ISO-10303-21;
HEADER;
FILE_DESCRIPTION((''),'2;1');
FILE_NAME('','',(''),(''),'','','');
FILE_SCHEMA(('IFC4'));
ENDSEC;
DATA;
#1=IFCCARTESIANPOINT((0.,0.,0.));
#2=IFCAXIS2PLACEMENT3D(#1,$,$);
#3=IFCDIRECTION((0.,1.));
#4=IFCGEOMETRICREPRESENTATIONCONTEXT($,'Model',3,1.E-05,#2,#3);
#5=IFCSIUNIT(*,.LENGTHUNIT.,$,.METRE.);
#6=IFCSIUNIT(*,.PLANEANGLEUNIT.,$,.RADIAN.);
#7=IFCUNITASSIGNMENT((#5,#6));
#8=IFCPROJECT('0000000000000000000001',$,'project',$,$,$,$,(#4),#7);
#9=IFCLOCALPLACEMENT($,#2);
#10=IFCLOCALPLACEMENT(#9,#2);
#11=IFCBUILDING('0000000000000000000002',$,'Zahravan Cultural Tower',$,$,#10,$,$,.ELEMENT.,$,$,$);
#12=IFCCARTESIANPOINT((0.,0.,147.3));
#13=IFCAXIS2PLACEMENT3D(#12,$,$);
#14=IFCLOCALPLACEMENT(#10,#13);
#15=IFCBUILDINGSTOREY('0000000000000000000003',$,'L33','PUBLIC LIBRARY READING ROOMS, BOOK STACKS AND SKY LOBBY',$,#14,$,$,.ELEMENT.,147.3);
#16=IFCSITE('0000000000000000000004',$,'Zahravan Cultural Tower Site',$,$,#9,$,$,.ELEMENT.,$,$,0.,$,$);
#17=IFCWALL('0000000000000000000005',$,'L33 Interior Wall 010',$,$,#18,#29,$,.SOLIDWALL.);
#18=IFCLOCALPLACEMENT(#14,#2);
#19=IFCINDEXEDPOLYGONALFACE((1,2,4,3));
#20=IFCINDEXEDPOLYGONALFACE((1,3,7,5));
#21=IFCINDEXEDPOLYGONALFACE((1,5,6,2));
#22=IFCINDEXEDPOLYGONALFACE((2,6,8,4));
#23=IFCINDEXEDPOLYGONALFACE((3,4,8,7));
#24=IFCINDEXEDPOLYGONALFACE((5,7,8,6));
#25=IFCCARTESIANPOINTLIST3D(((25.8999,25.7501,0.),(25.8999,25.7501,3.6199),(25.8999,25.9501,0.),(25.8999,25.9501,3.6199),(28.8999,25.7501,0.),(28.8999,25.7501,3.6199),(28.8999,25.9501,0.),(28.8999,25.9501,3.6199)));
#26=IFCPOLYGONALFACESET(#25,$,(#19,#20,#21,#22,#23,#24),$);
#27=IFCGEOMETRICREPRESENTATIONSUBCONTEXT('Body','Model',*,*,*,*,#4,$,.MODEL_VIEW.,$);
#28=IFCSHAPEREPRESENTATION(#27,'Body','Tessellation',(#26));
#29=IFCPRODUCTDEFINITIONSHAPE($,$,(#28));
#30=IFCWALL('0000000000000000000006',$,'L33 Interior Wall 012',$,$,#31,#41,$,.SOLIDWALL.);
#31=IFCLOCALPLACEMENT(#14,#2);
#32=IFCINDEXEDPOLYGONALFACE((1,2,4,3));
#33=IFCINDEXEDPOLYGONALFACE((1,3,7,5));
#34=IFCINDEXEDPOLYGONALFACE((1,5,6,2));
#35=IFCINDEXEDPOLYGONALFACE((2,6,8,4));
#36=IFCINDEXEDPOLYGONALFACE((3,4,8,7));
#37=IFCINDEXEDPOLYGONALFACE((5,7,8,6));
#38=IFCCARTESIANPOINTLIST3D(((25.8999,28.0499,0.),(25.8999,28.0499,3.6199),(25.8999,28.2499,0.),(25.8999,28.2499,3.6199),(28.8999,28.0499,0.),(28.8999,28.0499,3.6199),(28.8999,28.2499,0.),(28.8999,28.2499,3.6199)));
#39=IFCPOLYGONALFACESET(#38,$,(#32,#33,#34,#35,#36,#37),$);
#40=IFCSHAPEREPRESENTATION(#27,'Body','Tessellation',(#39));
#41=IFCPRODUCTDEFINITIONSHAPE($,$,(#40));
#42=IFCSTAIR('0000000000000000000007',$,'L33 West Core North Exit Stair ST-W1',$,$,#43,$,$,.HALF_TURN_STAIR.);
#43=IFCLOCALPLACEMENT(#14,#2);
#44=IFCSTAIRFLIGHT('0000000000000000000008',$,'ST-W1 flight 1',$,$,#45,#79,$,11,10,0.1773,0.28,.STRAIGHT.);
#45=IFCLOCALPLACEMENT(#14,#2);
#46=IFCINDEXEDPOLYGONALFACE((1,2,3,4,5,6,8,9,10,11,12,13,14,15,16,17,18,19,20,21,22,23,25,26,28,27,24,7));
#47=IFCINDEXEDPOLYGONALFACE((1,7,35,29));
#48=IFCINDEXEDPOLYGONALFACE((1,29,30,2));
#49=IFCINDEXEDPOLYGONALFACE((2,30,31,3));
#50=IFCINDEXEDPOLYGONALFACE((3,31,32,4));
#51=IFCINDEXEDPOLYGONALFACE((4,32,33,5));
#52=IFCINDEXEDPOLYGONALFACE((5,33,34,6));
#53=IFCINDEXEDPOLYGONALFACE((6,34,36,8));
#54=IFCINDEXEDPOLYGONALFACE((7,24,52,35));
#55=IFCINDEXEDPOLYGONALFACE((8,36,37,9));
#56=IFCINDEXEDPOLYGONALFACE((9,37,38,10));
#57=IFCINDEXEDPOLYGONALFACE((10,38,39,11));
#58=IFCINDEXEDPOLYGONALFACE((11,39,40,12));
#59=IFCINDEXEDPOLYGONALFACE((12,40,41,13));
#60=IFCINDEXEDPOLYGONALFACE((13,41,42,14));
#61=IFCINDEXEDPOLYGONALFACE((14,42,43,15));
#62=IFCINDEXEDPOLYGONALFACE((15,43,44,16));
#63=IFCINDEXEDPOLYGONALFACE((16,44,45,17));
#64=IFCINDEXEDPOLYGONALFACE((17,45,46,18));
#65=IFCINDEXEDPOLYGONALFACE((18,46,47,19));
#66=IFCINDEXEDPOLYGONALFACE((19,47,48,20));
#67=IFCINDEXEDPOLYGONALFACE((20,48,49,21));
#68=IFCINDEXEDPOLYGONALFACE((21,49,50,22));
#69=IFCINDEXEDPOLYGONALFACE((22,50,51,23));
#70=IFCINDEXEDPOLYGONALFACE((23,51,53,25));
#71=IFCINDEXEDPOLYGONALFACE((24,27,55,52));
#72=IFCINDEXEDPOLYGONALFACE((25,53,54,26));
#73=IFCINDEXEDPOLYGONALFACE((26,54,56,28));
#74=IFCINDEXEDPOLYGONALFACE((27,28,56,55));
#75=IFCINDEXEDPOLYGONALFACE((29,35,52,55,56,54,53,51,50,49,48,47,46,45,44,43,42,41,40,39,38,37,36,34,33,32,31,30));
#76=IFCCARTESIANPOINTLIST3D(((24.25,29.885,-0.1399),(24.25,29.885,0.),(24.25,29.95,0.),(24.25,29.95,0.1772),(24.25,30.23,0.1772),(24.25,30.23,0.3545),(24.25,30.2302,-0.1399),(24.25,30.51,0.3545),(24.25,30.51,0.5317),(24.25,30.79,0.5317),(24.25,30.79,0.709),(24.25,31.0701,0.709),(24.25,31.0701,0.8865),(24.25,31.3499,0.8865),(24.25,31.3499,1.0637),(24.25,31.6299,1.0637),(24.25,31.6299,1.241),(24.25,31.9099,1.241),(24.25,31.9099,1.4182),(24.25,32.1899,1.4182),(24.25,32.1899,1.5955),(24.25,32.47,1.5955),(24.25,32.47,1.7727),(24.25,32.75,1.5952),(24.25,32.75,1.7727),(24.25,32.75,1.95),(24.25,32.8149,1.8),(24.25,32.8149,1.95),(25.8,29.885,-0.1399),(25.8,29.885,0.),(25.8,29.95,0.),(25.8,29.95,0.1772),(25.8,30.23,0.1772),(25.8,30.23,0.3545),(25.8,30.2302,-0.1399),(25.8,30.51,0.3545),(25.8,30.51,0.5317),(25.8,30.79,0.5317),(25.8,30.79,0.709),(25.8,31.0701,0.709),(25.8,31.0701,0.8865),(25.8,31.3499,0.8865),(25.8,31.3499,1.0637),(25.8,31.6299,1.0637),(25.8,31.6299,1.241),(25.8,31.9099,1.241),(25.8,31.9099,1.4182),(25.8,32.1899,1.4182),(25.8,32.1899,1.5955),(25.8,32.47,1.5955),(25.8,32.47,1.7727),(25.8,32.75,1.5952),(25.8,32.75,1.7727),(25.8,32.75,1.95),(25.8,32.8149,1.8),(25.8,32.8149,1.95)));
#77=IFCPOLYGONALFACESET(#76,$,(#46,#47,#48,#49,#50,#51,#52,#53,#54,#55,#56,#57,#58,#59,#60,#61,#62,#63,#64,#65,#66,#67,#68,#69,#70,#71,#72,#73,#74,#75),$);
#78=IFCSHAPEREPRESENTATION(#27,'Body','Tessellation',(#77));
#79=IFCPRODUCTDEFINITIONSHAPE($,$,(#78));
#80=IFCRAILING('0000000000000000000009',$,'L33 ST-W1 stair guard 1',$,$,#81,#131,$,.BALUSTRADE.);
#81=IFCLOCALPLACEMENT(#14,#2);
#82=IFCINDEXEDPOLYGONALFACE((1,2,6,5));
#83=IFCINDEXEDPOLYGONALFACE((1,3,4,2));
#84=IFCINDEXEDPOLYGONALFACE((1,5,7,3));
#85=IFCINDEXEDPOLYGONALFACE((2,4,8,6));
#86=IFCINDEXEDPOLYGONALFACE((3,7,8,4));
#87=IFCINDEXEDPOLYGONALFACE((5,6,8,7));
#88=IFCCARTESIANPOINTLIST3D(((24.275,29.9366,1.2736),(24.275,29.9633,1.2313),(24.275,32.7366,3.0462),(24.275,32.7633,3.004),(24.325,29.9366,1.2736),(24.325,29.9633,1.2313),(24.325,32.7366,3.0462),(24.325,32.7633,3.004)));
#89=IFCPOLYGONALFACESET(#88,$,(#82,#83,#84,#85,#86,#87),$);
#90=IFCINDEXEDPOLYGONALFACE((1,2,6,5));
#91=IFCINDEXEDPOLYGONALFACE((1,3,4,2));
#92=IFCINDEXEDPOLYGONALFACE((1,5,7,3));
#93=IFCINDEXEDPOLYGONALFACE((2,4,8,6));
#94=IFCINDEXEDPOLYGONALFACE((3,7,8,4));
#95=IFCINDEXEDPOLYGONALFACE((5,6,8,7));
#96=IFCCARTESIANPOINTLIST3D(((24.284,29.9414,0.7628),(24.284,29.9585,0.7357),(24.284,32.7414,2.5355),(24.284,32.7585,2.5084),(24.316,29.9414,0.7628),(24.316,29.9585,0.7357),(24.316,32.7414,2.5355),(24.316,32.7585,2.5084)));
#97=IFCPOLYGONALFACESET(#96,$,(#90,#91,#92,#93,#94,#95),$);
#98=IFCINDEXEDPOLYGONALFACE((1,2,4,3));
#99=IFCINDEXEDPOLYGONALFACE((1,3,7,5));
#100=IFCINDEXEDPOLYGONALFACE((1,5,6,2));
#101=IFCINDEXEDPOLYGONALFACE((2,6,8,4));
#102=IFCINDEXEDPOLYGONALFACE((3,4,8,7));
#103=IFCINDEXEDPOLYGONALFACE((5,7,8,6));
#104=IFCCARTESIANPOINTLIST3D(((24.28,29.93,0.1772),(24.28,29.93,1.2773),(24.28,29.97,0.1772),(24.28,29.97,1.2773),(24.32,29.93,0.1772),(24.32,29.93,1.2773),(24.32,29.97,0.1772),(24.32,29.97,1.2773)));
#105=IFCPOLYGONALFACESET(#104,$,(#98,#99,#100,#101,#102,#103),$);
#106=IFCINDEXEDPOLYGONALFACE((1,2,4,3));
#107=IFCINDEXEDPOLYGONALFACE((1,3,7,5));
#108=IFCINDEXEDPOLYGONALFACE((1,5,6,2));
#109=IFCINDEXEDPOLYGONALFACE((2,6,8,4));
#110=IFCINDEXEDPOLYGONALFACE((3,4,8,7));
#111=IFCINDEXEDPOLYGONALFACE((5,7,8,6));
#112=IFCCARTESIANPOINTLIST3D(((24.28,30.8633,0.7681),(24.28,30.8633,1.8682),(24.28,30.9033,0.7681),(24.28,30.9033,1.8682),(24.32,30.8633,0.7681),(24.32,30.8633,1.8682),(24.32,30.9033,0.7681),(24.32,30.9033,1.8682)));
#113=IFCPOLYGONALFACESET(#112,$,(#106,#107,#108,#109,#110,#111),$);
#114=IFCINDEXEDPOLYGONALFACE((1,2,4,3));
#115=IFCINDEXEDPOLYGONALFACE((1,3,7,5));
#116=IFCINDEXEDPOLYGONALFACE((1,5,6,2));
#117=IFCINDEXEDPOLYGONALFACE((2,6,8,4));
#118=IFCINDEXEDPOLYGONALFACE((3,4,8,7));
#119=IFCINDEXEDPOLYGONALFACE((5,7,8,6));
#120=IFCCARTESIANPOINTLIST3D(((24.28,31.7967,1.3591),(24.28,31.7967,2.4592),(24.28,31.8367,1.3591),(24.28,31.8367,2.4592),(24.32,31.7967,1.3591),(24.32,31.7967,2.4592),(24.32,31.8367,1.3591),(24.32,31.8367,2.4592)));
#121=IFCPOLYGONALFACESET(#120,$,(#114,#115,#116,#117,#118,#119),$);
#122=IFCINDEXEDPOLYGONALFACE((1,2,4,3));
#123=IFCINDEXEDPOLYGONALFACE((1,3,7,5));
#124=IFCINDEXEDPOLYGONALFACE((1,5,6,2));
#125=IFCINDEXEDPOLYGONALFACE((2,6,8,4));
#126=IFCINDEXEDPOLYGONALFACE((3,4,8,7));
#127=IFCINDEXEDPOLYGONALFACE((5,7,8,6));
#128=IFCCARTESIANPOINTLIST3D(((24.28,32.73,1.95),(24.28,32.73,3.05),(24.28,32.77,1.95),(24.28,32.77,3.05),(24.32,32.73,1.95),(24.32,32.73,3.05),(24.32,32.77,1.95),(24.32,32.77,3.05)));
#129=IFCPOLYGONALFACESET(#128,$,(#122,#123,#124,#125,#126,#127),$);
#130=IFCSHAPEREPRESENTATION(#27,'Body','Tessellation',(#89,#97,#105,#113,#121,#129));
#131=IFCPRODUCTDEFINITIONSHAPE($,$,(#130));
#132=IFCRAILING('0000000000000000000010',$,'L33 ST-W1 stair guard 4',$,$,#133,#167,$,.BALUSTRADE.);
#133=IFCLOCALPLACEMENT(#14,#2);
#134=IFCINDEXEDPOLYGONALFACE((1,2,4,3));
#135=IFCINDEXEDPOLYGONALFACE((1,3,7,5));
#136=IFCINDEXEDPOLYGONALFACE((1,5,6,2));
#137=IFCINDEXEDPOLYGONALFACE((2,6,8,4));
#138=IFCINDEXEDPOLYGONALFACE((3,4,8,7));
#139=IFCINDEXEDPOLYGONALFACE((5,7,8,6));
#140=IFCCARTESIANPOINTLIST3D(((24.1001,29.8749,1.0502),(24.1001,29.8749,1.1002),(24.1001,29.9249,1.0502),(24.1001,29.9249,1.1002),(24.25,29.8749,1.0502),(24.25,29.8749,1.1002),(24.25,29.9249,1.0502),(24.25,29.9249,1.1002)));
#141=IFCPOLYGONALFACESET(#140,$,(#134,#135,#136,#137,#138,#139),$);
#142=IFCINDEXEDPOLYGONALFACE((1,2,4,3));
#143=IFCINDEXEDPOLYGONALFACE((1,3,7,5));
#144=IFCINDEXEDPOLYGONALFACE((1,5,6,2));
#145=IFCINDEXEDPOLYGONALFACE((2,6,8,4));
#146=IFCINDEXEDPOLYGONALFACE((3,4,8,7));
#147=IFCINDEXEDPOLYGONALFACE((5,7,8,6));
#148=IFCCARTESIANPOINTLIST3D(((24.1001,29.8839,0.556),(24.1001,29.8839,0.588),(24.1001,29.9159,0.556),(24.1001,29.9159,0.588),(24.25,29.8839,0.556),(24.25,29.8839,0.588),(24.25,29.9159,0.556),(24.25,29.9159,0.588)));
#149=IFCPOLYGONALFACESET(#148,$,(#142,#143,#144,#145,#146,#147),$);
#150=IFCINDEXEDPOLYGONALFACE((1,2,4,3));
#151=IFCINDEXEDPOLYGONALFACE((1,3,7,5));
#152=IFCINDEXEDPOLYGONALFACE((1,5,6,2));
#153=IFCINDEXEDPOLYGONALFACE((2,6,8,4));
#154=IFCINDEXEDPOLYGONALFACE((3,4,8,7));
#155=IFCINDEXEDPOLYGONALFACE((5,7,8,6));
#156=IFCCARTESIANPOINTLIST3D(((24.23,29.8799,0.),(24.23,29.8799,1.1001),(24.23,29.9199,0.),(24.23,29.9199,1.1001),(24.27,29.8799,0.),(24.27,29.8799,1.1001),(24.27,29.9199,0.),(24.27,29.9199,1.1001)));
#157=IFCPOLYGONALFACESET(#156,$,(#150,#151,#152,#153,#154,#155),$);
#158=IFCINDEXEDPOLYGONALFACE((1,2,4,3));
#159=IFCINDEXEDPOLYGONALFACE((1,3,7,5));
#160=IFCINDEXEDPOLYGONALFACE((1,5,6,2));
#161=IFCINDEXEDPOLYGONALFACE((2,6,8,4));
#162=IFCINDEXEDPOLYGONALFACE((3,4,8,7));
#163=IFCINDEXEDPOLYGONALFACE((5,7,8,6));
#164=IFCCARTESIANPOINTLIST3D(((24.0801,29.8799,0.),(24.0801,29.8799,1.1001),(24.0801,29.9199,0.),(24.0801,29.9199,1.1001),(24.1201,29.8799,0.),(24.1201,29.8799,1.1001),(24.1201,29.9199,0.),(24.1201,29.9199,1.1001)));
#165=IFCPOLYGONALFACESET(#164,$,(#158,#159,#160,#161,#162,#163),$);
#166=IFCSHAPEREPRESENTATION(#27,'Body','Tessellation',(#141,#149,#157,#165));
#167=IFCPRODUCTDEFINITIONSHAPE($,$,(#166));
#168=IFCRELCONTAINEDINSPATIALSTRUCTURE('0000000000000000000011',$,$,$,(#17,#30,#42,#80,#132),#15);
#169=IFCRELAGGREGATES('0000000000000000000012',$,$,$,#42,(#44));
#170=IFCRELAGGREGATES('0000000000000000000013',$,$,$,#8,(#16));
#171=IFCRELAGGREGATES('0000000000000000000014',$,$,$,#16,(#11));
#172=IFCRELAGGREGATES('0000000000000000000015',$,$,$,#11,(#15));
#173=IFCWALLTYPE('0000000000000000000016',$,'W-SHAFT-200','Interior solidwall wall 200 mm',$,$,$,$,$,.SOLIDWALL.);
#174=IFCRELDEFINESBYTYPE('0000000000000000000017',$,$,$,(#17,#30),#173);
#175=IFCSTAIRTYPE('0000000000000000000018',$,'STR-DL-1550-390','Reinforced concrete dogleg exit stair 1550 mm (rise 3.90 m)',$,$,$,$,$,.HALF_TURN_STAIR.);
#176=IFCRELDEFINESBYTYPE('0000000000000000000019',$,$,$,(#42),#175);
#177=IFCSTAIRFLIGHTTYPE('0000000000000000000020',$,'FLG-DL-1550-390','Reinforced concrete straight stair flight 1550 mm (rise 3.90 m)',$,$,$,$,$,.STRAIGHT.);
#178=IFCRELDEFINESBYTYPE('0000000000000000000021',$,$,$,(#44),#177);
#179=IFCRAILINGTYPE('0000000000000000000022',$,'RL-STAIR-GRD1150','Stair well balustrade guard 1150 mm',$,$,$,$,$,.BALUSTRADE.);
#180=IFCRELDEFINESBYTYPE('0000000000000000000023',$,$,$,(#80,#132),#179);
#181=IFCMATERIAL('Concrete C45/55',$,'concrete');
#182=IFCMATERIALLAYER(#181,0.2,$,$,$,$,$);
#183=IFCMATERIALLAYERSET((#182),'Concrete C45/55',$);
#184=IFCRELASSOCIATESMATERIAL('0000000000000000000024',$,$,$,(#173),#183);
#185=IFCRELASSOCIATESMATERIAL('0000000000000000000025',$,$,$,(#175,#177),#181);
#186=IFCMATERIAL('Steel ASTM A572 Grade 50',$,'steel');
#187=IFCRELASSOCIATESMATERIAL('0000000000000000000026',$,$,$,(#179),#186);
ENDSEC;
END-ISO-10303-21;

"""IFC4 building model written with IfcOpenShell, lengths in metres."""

from ifc_helpers import new_model, si_unit, direction, frame, frame_2d, origin, origin_2d, place, context, subcontext, project, spatial, polyline, rectangle, outline, extrude, source, transform, mapped, material, layer, layer_set, type_object, element, aggregate, save


model = new_model("IFC4")

# Units and contexts
model_context = context("Model", 3, precision=1e-05, world=origin(), true_north=direction((0.0, 1.0)))
body_context = subcontext(model_context, "Body", "Model", "MODEL_VIEW")
ifc_project = project(units=[si_unit("LENGTHUNIT", "METRE"), si_unit("PLANEANGLEUNIT", "RADIAN")], contexts=[model_context])

# Site, building, storey
site_placement = place(None, origin())
site = spatial("IfcSite", under=ifc_project, at=site_placement, Name="Zahravan Cultural Tower Site", CompositionType="ELEMENT", RefElevation=0.0)
building_placement = place(site_placement, origin())
building = spatial("IfcBuilding", under=site, at=building_placement, Name="Zahravan Cultural Tower", CompositionType="ELEMENT")
storey_placement = place(building_placement, frame((0.0, 0.0, 147.3)))
storey = spatial("IfcBuildingStorey", under=building, at=storey_placement, Name="L33", Description="PUBLIC LIBRARY READING ROOMS, BOOK STACKS AND SKY LOBBY", CompositionType="ELEMENT", Elevation=147.3)

# Shared definitions
ifc_material_1 = material(Name="Concrete C45/55", Category="concrete")
ifc_layer_1 = layer(ifc_material_1, 0.2)
ifc_layer_set_1 = layer_set([ifc_layer_1], Name="Concrete C45/55")
wall_type_1 = type_object("IfcWallType", Name="W-SHAFT-200", Description="Interior solidwall wall 200 mm", PredefinedType="SOLIDWALL", material=ifc_layer_set_1)
ifc_material_2 = material(Name="Steel ASTM A572 Grade 50", Category="steel")

# Walls
shared_shape_1 = source(origin(), body_context, "Body", "SweptSolid", [
    extrude(rectangle(XDim=3.0, YDim=0.2, at=frame_2d((1.5, 0.0))), origin(), (0.0, 0.0, 1.0), 3.6199),
])
for number, where, z_axis, x_axis, name in (
    (1, (25.8999, 25.8501, 0.0), (0.0, 0.0, 1.0), (1.0, 0.0, 0.0), "L33 Interior Wall 010"),
    (2, (25.8999, 28.1499, 0.0), (0.0, 0.0, 1.0), (1.0, 0.0, 0.0), "L33 Interior Wall 012"),
):
    element("IfcWall", number, at=place(storey_placement, frame(where, z_axis=z_axis, x_axis=x_axis)), inside=storey, type_object=wall_type_1, Name=name, PredefinedType="SOLIDWALL", context=body_context, shape_type="MappedRepresentation", body=[
        mapped(shared_shape_1, transform((0.0, 0.0, 0.0), x_axis=(1.0, 0.0, 0.0), y_axis=(0.0, 1.0, 0.0), z_axis=(0.0, 0.0, 1.0), scale=1.0)),
    ])

# Stair, stair flight
stair_type = type_object("IfcStairType", Name="STR-DL-1550-390", Description="Reinforced concrete dogleg exit stair 1550 mm (rise 3.90 m)", PredefinedType="HALF_TURN_STAIR", material=ifc_material_1)
stair_placement = place(storey_placement, origin())
stair = element("IfcStair", 3, at=stair_placement, inside=storey, type_object=stair_type, Name="L33 West Core North Exit Stair ST-W1", PredefinedType="HALF_TURN_STAIR")
stair_flight_type = type_object("IfcStairFlightType", Name="FLG-DL-1550-390", Description="Reinforced concrete straight stair flight 1550 mm (rise 3.90 m)", PredefinedType="STRAIGHT", material=ifc_material_1)
stair_flight_placement = place(storey_placement, frame((25.0249, 29.95, 0.0), z_axis=(0.0, 0.0, 1.0), x_axis=(0.0, 1.0, 0.0)))
stair_flight = element("IfcStairFlight", 4, at=stair_flight_placement, type_object=stair_flight_type, Name="ST-W1 flight 1", NumberOfRisers=11, NumberOfTreads=10, PredefinedType="STRAIGHT", RiserHeight=0.1773, TreadLength=0.28, context=body_context, shape_type="SweptSolid", body=[
    extrude(outline(polyline([(-0.0649, -0.1399), (-0.0649, 0.0), (0.0, 0.0), (0.0, 0.1772), (0.28, 0.1772), (0.28, 0.3545), (0.5601, 0.3545), (0.5601, 0.5317), (0.8401, 0.5317), (0.8401, 0.709), (1.1201, 0.709), (1.1201, 0.8865), (1.3999, 0.8865), (1.3999, 1.0637), (1.6799, 1.0637), (1.6799, 1.241), (1.96, 1.241), (1.96, 1.4182), (2.24, 1.4182), (2.24, 1.5955), (2.52, 1.5955), (2.52, 1.7727), (2.8, 1.7727), (2.8, 1.95), (2.865, 1.95), (2.865, 1.8), (2.8, 1.5952), (0.2803, -0.1399), (-0.0649, -0.1399)])), frame((0.0, 0.7749, 0.0), z_axis=(0.0, -1.0, 0.0), x_axis=(1.0, 0.0, 0.0)), (0.0, 0.0, 1.0), 1.55),
])
aggregate(stair, [stair_flight])

# Railings
railing_type_1 = type_object("IfcRailingType", Name="RL-STAIR-GRD1150", Description="Stair well balustrade guard 1150 mm", PredefinedType="BALUSTRADE", material=ifc_material_2)
railing_1_placement = place(storey_placement, frame((24.3, 29.95, 0.1772)))
element("IfcRailing", 5, at=railing_1_placement, inside=storey, type_object=railing_type_1, Name="L33 ST-W1 stair guard 1", PredefinedType="BALUSTRADE", context=body_context, shape_type="SweptSolid", body=[
    extrude(rectangle(XDim=0.05, YDim=0.05, at=origin_2d()), frame((0.0, 0.0, 1.0752), z_axis=(0.0, 0.844909, 0.53491), x_axis=(-1.0, 0.0, 0.0)), (0.0, 0.0, 1.0), 3.314),
    extrude(rectangle(XDim=0.032, YDim=0.032, at=origin_2d()), frame((0.0, 0.0, 0.572), z_axis=(0.0, 0.844909, 0.53491), x_axis=(-1.0, 0.0, 0.0)), (0.0, 0.0, 1.0), 3.314),
    extrude(rectangle(XDim=0.04, YDim=0.04, at=origin_2d()), origin(), (0.0, 0.0, 1.0), 1.1001),
    extrude(rectangle(XDim=0.04, YDim=0.04, at=origin_2d()), frame((0.0, 0.9333, 0.5908)), (0.0, 0.0, 1.0), 1.1001),
    extrude(rectangle(XDim=0.04, YDim=0.04, at=origin_2d()), frame((0.0, 1.8667, 1.1819)), (0.0, 0.0, 1.0), 1.1001),
    extrude(rectangle(XDim=0.04, YDim=0.04, at=origin_2d()), frame((0.0, 2.8, 1.7727)), (0.0, 0.0, 1.0), 1.1001),
])
railing_2_placement = place(storey_placement, frame((24.25, 29.8999, 0.0)))
element("IfcRailing", 6, at=railing_2_placement, inside=storey, type_object=railing_type_1, Name="L33 ST-W1 stair guard 4", PredefinedType="BALUSTRADE", context=body_context, shape_type="SweptSolid", body=[
    extrude(rectangle(XDim=0.05, YDim=0.05, at=origin_2d()), frame((0.0, 0.0, 1.0752), z_axis=(-1.0, 0.0, 0.0), x_axis=(0.0, -1.0, 0.0)), (0.0, 0.0, 1.0), 0.1499),
    extrude(rectangle(XDim=0.032, YDim=0.032, at=origin_2d()), frame((0.0, 0.0, 0.572), z_axis=(-1.0, 0.0, 0.0), x_axis=(0.0, -1.0, 0.0)), (0.0, 0.0, 1.0), 0.1499),
    extrude(rectangle(XDim=0.04, YDim=0.04, at=origin_2d()), origin(), (0.0, 0.0, 1.0), 1.1001),
    extrude(rectangle(XDim=0.04, YDim=0.04, at=origin_2d()), frame((-0.1499, 0.0, 0.0)), (0.0, 0.0, 1.0), 1.1001),
])

save(model, "model.ifc")
